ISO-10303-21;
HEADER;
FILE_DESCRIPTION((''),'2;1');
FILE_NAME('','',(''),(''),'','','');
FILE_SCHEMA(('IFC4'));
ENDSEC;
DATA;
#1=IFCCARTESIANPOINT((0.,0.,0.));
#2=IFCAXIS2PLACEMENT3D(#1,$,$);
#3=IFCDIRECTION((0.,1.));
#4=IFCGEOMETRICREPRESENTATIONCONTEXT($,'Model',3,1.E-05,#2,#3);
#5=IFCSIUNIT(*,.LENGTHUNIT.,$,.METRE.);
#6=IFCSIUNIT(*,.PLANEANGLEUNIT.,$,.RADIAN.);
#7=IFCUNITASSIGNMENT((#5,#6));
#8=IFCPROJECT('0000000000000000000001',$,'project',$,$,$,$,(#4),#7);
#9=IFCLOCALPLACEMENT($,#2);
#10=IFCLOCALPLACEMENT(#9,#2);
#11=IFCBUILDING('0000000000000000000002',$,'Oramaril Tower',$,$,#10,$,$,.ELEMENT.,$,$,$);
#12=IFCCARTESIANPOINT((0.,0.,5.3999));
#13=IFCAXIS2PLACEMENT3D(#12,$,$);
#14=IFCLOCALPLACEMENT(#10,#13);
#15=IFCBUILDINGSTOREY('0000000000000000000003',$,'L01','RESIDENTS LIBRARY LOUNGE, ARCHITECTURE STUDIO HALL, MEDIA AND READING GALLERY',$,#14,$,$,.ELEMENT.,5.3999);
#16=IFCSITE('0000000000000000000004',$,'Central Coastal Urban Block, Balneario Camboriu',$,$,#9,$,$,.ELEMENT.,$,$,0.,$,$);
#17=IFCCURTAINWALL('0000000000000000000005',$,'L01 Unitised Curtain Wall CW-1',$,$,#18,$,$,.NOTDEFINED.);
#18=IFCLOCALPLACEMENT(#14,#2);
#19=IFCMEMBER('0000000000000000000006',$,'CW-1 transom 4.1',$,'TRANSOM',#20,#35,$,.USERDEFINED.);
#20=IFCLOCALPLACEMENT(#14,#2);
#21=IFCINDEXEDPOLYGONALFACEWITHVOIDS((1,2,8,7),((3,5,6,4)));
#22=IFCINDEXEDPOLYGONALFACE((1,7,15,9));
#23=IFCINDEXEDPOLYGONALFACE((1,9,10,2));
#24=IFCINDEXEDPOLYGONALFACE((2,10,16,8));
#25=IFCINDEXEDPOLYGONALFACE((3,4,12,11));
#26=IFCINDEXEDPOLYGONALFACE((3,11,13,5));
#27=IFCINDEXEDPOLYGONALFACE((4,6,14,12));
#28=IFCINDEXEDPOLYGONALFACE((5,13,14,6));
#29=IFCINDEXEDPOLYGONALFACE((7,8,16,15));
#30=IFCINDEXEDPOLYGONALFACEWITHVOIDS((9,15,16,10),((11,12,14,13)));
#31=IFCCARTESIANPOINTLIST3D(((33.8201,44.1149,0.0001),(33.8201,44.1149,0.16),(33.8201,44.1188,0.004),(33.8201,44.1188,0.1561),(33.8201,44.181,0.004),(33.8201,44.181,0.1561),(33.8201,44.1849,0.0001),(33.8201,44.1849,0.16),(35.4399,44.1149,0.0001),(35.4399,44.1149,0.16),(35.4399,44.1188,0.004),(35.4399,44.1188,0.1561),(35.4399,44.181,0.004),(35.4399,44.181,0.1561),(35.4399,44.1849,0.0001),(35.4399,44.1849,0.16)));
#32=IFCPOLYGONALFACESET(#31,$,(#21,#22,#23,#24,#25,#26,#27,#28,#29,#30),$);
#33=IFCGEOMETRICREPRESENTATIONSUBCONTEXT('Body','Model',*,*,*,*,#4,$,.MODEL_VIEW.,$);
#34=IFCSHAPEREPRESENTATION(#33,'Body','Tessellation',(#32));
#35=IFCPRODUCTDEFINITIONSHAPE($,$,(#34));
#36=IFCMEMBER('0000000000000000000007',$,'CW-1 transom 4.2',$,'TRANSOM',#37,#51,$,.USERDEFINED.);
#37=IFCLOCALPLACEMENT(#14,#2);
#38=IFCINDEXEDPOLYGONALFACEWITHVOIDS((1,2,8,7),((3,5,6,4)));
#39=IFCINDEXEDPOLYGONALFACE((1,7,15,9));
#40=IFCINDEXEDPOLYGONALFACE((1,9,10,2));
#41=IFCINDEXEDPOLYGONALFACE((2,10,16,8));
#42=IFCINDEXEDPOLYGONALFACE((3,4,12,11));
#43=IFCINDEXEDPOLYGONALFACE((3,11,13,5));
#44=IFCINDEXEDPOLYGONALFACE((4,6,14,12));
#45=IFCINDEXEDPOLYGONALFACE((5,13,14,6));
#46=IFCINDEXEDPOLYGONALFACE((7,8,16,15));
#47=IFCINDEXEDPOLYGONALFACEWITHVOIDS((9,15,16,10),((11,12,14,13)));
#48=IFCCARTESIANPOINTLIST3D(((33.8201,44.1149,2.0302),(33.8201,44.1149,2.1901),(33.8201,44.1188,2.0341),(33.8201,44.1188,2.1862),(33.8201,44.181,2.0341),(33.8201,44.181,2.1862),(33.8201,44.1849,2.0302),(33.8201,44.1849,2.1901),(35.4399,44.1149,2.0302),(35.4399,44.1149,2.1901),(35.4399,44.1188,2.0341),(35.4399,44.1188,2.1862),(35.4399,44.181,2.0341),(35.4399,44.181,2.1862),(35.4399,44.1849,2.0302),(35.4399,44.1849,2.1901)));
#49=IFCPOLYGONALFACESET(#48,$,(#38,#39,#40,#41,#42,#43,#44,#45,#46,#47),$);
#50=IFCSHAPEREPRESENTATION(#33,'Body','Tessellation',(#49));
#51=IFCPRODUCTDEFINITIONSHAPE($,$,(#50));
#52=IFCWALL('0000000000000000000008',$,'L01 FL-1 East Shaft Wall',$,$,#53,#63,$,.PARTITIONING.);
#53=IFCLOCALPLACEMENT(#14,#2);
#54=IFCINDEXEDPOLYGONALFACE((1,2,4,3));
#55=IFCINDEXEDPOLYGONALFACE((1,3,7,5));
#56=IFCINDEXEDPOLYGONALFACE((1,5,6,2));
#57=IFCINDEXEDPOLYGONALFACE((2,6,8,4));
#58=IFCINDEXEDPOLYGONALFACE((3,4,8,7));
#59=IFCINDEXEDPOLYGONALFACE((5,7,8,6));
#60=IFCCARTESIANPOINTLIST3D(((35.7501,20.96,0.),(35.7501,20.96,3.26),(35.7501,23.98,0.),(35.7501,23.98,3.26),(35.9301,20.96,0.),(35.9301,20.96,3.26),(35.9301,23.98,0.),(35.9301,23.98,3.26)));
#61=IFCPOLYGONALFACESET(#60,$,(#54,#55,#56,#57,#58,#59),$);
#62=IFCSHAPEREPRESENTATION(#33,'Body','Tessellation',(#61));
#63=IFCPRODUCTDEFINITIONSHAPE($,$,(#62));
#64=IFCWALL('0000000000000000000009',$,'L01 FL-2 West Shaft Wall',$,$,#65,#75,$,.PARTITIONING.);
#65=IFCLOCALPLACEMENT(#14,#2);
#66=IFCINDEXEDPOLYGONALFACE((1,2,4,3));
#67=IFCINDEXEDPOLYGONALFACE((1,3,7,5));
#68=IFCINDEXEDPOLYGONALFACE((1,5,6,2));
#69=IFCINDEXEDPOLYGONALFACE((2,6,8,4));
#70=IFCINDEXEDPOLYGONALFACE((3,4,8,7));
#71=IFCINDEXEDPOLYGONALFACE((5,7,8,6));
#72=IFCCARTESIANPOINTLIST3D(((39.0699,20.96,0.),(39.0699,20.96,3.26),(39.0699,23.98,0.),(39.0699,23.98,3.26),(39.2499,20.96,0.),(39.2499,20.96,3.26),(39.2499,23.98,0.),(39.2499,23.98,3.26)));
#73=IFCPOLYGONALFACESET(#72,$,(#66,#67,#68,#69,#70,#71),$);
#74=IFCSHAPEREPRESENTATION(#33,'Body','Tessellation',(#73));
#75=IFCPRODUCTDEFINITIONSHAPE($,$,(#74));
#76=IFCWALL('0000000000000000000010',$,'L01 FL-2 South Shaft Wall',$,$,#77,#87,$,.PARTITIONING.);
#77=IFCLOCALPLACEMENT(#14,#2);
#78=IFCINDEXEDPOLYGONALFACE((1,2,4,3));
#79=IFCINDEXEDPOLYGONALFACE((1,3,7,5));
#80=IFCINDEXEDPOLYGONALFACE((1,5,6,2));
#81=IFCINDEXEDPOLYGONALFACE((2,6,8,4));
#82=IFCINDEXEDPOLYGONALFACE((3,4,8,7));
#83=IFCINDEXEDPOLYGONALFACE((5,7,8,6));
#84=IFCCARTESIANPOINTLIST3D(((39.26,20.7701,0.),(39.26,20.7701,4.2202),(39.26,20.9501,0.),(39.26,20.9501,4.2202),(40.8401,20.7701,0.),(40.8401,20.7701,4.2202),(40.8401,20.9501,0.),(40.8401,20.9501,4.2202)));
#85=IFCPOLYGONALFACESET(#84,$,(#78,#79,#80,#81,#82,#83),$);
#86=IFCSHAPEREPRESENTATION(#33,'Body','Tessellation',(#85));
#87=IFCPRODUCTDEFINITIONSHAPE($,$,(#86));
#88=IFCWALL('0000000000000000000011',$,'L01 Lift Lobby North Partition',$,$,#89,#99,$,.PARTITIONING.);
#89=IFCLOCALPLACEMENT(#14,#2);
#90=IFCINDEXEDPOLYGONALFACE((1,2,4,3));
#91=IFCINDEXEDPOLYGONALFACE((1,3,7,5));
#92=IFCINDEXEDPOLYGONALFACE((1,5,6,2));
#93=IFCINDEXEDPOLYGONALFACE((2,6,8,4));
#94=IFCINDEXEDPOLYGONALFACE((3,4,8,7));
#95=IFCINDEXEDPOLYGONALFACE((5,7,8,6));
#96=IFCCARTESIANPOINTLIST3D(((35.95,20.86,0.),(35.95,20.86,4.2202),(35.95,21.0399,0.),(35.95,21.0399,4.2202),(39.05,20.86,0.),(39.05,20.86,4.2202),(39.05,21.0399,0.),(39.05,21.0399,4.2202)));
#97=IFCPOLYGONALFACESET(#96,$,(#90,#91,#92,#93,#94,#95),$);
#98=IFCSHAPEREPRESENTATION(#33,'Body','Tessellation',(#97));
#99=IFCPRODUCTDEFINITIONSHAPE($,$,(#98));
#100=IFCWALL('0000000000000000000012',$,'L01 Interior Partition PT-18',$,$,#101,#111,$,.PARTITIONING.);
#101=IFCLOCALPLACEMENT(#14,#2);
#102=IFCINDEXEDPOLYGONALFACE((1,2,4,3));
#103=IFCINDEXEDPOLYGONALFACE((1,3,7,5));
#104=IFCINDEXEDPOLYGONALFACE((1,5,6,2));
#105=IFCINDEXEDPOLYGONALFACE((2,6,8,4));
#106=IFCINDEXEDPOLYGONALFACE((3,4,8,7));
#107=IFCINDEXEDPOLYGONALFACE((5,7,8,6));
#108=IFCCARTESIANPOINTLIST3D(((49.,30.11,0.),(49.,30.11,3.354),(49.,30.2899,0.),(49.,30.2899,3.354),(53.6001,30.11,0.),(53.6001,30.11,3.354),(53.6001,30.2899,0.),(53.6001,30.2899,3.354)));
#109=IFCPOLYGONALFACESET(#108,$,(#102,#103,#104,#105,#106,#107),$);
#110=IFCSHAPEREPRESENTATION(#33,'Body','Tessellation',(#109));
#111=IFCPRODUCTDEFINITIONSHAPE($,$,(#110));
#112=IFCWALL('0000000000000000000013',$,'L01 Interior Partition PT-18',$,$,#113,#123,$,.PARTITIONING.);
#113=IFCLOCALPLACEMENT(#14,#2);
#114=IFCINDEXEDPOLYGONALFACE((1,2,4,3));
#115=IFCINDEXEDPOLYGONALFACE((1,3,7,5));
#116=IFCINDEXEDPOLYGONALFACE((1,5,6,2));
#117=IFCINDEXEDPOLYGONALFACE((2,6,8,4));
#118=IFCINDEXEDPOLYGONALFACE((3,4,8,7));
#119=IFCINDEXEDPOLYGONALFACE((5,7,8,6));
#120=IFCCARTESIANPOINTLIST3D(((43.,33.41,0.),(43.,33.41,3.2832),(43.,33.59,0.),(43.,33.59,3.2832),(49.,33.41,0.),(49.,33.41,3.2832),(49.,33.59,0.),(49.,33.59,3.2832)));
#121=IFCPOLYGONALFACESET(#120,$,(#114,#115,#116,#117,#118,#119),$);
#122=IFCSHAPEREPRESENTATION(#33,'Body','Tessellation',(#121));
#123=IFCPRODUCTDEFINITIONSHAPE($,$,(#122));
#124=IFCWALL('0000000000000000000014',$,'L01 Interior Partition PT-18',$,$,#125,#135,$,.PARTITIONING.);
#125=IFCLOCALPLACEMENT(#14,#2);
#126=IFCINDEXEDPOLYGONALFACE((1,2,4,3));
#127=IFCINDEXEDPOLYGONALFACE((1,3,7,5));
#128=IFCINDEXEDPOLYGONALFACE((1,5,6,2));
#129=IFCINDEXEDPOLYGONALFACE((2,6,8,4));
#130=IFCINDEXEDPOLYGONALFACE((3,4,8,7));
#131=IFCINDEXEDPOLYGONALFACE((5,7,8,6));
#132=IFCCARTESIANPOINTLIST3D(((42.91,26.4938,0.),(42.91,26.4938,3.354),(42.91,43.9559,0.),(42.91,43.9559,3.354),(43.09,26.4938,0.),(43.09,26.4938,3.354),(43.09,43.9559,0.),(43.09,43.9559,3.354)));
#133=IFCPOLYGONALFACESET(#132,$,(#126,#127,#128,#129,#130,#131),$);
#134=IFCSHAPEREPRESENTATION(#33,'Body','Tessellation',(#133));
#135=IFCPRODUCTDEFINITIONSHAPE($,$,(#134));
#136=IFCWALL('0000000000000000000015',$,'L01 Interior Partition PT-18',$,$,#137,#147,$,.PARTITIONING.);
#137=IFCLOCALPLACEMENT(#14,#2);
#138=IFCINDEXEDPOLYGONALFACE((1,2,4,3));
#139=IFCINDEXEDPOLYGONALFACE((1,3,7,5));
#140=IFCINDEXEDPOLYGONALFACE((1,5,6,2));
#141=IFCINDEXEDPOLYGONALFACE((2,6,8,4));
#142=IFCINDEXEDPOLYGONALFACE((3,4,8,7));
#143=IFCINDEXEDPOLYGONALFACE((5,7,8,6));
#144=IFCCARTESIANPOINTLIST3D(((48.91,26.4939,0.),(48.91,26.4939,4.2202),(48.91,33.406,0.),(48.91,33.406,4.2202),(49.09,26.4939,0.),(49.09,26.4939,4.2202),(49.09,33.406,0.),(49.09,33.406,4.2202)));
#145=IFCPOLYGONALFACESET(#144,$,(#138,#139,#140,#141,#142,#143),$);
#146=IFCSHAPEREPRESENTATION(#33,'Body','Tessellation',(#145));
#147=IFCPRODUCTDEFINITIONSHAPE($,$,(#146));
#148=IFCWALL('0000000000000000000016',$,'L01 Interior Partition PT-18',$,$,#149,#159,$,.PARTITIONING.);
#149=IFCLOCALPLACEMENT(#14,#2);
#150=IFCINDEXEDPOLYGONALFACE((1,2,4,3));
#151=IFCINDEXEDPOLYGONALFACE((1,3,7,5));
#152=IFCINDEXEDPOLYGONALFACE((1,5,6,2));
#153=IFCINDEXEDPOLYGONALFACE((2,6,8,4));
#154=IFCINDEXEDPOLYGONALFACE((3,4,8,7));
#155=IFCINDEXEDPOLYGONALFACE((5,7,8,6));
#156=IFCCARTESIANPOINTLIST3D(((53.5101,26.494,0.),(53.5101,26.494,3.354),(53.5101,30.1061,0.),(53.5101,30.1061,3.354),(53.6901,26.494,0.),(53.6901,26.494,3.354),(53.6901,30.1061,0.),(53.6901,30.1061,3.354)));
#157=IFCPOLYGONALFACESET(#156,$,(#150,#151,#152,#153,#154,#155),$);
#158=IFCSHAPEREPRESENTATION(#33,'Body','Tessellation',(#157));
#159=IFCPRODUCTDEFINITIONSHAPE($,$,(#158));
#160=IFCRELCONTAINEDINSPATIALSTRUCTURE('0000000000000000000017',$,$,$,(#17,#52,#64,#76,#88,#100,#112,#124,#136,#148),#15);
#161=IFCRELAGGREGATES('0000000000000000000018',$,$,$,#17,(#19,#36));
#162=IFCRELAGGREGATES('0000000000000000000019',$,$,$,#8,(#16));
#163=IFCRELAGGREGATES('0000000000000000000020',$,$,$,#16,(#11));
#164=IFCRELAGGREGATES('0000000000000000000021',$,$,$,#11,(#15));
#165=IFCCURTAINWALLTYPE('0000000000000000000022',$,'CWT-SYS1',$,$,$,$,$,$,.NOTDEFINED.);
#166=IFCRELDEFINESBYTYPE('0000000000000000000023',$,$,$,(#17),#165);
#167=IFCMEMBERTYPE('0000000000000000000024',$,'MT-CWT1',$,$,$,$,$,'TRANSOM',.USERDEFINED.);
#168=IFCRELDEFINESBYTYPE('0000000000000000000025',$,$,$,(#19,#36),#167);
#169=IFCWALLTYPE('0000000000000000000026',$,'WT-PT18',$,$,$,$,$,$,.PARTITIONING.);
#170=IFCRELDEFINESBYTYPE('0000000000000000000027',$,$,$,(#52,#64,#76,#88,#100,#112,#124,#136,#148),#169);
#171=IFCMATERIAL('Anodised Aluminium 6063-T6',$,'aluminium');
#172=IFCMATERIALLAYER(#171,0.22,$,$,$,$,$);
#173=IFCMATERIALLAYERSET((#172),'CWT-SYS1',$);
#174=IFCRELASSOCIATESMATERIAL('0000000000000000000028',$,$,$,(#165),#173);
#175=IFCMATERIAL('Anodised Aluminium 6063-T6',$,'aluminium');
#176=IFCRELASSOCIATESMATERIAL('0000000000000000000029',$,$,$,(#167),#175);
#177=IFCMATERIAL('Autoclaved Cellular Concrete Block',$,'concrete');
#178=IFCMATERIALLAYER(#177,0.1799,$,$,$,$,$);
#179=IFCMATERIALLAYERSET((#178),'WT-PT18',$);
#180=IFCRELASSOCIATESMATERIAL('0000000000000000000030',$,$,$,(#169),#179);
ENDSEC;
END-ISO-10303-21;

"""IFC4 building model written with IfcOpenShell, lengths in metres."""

from ifc_helpers import new_model, si_unit, direction, frame, frame_2d, origin, origin_2d, place, context, subcontext, project, spatial, rectangle, hollow_rectangle, extrude, material, layer, layer_set, material_profile, profile_set, type_object, element, aggregate, save


model = new_model("IFC4")

# Units and contexts
model_context = context("Model", 3, precision=1e-05, world=origin(), true_north=direction((0.0, 1.0)))
body_context = subcontext(model_context, "Body", "Model", "MODEL_VIEW")
ifc_project = project(units=[si_unit("LENGTHUNIT", "METRE"), si_unit("PLANEANGLEUNIT", "RADIAN")], contexts=[model_context])

# Site, building, storey
site_placement = place(None, origin())
site = spatial("IfcSite", under=ifc_project, at=site_placement, Name="Central Coastal Urban Block, Balneario Camboriu", CompositionType="ELEMENT", RefElevation=0.0)
building_placement = place(site_placement, origin())
building = spatial("IfcBuilding", under=site, at=building_placement, Name="Oramaril Tower", CompositionType="ELEMENT")
storey_placement = place(building_placement, frame((0.0, 0.0, 5.3999)))
storey = spatial("IfcBuildingStorey", under=building, at=storey_placement, Name="L01", Description="RESIDENTS LIBRARY LOUNGE, ARCHITECTURE STUDIO HALL, MEDIA AND READING GALLERY", CompositionType="ELEMENT", Elevation=5.3999)

# Curtain wall, members
ifc_material_1 = material(Name="Anodised Aluminium 6063-T6", Category="aluminium")
ifc_layer_1 = layer(ifc_material_1, 0.22)
ifc_layer_set_1 = layer_set([ifc_layer_1], Name="CWT-SYS1")
curtain_wall_type = type_object("IfcCurtainWallType", Name="CWT-SYS1", PredefinedType="NOTDEFINED", material=ifc_layer_set_1)
curtain_wall_placement = place(storey_placement, origin())
curtain_wall = element("IfcCurtainWall", 1, at=curtain_wall_placement, inside=storey, type_object=curtain_wall_type, Name="L01 Unitised Curtain Wall CW-1", PredefinedType="NOTDEFINED")
ifc_material_2 = material(Name="Anodised Aluminium 6063-T6", Category="aluminium")
ifc_material_profile_1 = material_profile(ifc_material_2, hollow_rectangle(XDim=0.0701, YDim=0.1599, WallThickness=0.0039, at=origin_2d()), Name="CWT160X70")
ifc_profile_set_1 = profile_set([ifc_material_profile_1], Name="Anodised Aluminium 6063-T6")
member_type = type_object("IfcMemberType", Name="MT-CWT1", ElementType="TRANSOM", PredefinedType="USERDEFINED", material=ifc_profile_set_1)
member_1_placement = place(storey_placement, frame((35.4399, 44.1499, 0.0801), z_axis=(-1.0, 0.0, 0.0), x_axis=(0.0, -1.0, 0.0)))
member_1 = element("IfcMember", 2, at=member_1_placement, type_object=member_type, Name="CW-1 transom 4.1", ObjectType="TRANSOM", PredefinedType="USERDEFINED", context=body_context, shape_type="SweptSolid", body=[
    extrude(hollow_rectangle(XDim=0.0701, YDim=0.1599, WallThickness=0.0039, at=origin_2d()), origin(), (0.0, 0.0, 1.0), 1.6199),
])
member_2_placement = place(storey_placement, frame((35.4399, 44.1499, 2.1101), z_axis=(-1.0, 0.0, 0.0), x_axis=(0.0, -1.0, 0.0)))
member_2 = element("IfcMember", 3, at=member_2_placement, type_object=member_type, Name="CW-1 transom 4.2", ObjectType="TRANSOM", PredefinedType="USERDEFINED", context=body_context, shape_type="SweptSolid", body=[
    extrude(hollow_rectangle(XDim=0.0701, YDim=0.1599, WallThickness=0.0039, at=origin_2d()), origin(), (0.0, 0.0, 1.0), 1.6199),
])
aggregate(curtain_wall, [member_1, member_2])

# Walls
ifc_material_3 = material(Name="Autoclaved Cellular Concrete Block", Category="concrete")
ifc_layer_2 = layer(ifc_material_3, 0.1799)
ifc_layer_set_2 = layer_set([ifc_layer_2], Name="WT-PT18")
wall_type = type_object("IfcWallType", Name="WT-PT18", PredefinedType="PARTITIONING", material=ifc_layer_set_2)
for number, where, z_axis, x_axis, name in (
    (4, (35.8401, 20.96, 0.0), (0.0, 0.0, 1.0), (0.0, 1.0, 0.0), "L01 FL-1 East Shaft Wall"),
    (5, (39.1599, 20.96, 0.0), (0.0, 0.0, 1.0), (0.0, 1.0, 0.0), "L01 FL-2 West Shaft Wall"),
):
    element("IfcWall", number, at=place(storey_placement, frame(where, z_axis=z_axis, x_axis=x_axis)), inside=storey, type_object=wall_type, Name=name, PredefinedType="PARTITIONING", context=body_context, shape_type="SweptSolid", body=[
        extrude(rectangle(XDim=3.02, YDim=0.1799, at=frame_2d((1.51, 0.0))), origin(), (0.0, 0.0, 1.0), 3.26),
    ])
wall_1_placement = place(storey_placement, frame((39.26, 20.8601, 0.0), z_axis=(0.0, 0.0, 1.0), x_axis=(1.0, 0.0, 0.0)))
element("IfcWall", 6, at=wall_1_placement, inside=storey, type_object=wall_type, Name="L01 FL-2 South Shaft Wall", PredefinedType="PARTITIONING", context=body_context, shape_type="SweptSolid", body=[
    extrude(rectangle(XDim=1.5801, YDim=0.1799, at=frame_2d((0.79, 0.0))), origin(), (0.0, 0.0, 1.0), 4.2202),
])
wall_2_placement = place(storey_placement, frame((35.95, 20.95, 0.0), z_axis=(0.0, 0.0, 1.0), x_axis=(1.0, 0.0, 0.0)))
element("IfcWall", 7, at=wall_2_placement, inside=storey, type_object=wall_type, Name="L01 Lift Lobby North Partition", PredefinedType="PARTITIONING", context=body_context, shape_type="SweptSolid", body=[
    extrude(rectangle(XDim=3.1001, YDim=0.1799, at=frame_2d((1.55, 0.0))), origin(), (0.0, 0.0, 1.0), 4.2202),
])
wall_3_placement = place(storey_placement, frame((49.0, 30.2, 0.0), z_axis=(0.0, 0.0, 1.0), x_axis=(1.0, 0.0, 0.0)))
element("IfcWall", 8, at=wall_3_placement, inside=storey, type_object=wall_type, Name="L01 Interior Partition PT-18", PredefinedType="PARTITIONING", context=body_context, shape_type="SweptSolid", body=[
    extrude(rectangle(XDim=4.6001, YDim=0.1799, at=frame_2d((2.3, 0.0))), origin(), (0.0, 0.0, 1.0), 3.354),
])
wall_4_placement = place(storey_placement, frame((43.0, 33.5, 0.0), z_axis=(0.0, 0.0, 1.0), x_axis=(1.0, 0.0, 0.0)))
element("IfcWall", 9, at=wall_4_placement, inside=storey, type_object=wall_type, Name="L01 Interior Partition PT-18", PredefinedType="PARTITIONING", context=body_context, shape_type="SweptSolid", body=[
    extrude(rectangle(XDim=6.0, YDim=0.1799, at=frame_2d((3.0, 0.0))), origin(), (0.0, 0.0, 1.0), 3.2832),
])
wall_5_placement = place(storey_placement, frame((43.0, 26.4939, 0.0), z_axis=(0.0, 0.0, 1.0), x_axis=(0.0, 1.0, 0.0)))
element("IfcWall", 10, at=wall_5_placement, inside=storey, type_object=wall_type, Name="L01 Interior Partition PT-18", PredefinedType="PARTITIONING", context=body_context, shape_type="SweptSolid", body=[
    extrude(rectangle(XDim=17.4622, YDim=0.1799, at=frame_2d((8.731, 0.0))), origin(), (0.0, 0.0, 1.0), 3.354),
])
wall_6_placement = place(storey_placement, frame((49.0, 26.4939, 0.0), z_axis=(0.0, 0.0, 1.0), x_axis=(0.0, 1.0, 0.0)))
element("IfcWall", 11, at=wall_6_placement, inside=storey, type_object=wall_type, Name="L01 Interior Partition PT-18", PredefinedType="PARTITIONING", context=body_context, shape_type="SweptSolid", body=[
    extrude(rectangle(XDim=6.9121, YDim=0.1799, at=frame_2d((3.4561, 0.0))), origin(), (0.0, 0.0, 1.0), 4.2202),
])
wall_7_placement = place(storey_placement, frame((53.6001, 26.4939, 0.0), z_axis=(0.0, 0.0, 1.0), x_axis=(0.0, 1.0, 0.0)))
element("IfcWall", 12, at=wall_7_placement, inside=storey, type_object=wall_type, Name="L01 Interior Partition PT-18", PredefinedType="PARTITIONING", context=body_context, shape_type="SweptSolid", body=[
    extrude(rectangle(XDim=3.6121, YDim=0.1799, at=frame_2d((1.8062, 0.0))), origin(), (0.0, 0.0, 1.0), 3.354),
])

save(model, "model.ifc")
